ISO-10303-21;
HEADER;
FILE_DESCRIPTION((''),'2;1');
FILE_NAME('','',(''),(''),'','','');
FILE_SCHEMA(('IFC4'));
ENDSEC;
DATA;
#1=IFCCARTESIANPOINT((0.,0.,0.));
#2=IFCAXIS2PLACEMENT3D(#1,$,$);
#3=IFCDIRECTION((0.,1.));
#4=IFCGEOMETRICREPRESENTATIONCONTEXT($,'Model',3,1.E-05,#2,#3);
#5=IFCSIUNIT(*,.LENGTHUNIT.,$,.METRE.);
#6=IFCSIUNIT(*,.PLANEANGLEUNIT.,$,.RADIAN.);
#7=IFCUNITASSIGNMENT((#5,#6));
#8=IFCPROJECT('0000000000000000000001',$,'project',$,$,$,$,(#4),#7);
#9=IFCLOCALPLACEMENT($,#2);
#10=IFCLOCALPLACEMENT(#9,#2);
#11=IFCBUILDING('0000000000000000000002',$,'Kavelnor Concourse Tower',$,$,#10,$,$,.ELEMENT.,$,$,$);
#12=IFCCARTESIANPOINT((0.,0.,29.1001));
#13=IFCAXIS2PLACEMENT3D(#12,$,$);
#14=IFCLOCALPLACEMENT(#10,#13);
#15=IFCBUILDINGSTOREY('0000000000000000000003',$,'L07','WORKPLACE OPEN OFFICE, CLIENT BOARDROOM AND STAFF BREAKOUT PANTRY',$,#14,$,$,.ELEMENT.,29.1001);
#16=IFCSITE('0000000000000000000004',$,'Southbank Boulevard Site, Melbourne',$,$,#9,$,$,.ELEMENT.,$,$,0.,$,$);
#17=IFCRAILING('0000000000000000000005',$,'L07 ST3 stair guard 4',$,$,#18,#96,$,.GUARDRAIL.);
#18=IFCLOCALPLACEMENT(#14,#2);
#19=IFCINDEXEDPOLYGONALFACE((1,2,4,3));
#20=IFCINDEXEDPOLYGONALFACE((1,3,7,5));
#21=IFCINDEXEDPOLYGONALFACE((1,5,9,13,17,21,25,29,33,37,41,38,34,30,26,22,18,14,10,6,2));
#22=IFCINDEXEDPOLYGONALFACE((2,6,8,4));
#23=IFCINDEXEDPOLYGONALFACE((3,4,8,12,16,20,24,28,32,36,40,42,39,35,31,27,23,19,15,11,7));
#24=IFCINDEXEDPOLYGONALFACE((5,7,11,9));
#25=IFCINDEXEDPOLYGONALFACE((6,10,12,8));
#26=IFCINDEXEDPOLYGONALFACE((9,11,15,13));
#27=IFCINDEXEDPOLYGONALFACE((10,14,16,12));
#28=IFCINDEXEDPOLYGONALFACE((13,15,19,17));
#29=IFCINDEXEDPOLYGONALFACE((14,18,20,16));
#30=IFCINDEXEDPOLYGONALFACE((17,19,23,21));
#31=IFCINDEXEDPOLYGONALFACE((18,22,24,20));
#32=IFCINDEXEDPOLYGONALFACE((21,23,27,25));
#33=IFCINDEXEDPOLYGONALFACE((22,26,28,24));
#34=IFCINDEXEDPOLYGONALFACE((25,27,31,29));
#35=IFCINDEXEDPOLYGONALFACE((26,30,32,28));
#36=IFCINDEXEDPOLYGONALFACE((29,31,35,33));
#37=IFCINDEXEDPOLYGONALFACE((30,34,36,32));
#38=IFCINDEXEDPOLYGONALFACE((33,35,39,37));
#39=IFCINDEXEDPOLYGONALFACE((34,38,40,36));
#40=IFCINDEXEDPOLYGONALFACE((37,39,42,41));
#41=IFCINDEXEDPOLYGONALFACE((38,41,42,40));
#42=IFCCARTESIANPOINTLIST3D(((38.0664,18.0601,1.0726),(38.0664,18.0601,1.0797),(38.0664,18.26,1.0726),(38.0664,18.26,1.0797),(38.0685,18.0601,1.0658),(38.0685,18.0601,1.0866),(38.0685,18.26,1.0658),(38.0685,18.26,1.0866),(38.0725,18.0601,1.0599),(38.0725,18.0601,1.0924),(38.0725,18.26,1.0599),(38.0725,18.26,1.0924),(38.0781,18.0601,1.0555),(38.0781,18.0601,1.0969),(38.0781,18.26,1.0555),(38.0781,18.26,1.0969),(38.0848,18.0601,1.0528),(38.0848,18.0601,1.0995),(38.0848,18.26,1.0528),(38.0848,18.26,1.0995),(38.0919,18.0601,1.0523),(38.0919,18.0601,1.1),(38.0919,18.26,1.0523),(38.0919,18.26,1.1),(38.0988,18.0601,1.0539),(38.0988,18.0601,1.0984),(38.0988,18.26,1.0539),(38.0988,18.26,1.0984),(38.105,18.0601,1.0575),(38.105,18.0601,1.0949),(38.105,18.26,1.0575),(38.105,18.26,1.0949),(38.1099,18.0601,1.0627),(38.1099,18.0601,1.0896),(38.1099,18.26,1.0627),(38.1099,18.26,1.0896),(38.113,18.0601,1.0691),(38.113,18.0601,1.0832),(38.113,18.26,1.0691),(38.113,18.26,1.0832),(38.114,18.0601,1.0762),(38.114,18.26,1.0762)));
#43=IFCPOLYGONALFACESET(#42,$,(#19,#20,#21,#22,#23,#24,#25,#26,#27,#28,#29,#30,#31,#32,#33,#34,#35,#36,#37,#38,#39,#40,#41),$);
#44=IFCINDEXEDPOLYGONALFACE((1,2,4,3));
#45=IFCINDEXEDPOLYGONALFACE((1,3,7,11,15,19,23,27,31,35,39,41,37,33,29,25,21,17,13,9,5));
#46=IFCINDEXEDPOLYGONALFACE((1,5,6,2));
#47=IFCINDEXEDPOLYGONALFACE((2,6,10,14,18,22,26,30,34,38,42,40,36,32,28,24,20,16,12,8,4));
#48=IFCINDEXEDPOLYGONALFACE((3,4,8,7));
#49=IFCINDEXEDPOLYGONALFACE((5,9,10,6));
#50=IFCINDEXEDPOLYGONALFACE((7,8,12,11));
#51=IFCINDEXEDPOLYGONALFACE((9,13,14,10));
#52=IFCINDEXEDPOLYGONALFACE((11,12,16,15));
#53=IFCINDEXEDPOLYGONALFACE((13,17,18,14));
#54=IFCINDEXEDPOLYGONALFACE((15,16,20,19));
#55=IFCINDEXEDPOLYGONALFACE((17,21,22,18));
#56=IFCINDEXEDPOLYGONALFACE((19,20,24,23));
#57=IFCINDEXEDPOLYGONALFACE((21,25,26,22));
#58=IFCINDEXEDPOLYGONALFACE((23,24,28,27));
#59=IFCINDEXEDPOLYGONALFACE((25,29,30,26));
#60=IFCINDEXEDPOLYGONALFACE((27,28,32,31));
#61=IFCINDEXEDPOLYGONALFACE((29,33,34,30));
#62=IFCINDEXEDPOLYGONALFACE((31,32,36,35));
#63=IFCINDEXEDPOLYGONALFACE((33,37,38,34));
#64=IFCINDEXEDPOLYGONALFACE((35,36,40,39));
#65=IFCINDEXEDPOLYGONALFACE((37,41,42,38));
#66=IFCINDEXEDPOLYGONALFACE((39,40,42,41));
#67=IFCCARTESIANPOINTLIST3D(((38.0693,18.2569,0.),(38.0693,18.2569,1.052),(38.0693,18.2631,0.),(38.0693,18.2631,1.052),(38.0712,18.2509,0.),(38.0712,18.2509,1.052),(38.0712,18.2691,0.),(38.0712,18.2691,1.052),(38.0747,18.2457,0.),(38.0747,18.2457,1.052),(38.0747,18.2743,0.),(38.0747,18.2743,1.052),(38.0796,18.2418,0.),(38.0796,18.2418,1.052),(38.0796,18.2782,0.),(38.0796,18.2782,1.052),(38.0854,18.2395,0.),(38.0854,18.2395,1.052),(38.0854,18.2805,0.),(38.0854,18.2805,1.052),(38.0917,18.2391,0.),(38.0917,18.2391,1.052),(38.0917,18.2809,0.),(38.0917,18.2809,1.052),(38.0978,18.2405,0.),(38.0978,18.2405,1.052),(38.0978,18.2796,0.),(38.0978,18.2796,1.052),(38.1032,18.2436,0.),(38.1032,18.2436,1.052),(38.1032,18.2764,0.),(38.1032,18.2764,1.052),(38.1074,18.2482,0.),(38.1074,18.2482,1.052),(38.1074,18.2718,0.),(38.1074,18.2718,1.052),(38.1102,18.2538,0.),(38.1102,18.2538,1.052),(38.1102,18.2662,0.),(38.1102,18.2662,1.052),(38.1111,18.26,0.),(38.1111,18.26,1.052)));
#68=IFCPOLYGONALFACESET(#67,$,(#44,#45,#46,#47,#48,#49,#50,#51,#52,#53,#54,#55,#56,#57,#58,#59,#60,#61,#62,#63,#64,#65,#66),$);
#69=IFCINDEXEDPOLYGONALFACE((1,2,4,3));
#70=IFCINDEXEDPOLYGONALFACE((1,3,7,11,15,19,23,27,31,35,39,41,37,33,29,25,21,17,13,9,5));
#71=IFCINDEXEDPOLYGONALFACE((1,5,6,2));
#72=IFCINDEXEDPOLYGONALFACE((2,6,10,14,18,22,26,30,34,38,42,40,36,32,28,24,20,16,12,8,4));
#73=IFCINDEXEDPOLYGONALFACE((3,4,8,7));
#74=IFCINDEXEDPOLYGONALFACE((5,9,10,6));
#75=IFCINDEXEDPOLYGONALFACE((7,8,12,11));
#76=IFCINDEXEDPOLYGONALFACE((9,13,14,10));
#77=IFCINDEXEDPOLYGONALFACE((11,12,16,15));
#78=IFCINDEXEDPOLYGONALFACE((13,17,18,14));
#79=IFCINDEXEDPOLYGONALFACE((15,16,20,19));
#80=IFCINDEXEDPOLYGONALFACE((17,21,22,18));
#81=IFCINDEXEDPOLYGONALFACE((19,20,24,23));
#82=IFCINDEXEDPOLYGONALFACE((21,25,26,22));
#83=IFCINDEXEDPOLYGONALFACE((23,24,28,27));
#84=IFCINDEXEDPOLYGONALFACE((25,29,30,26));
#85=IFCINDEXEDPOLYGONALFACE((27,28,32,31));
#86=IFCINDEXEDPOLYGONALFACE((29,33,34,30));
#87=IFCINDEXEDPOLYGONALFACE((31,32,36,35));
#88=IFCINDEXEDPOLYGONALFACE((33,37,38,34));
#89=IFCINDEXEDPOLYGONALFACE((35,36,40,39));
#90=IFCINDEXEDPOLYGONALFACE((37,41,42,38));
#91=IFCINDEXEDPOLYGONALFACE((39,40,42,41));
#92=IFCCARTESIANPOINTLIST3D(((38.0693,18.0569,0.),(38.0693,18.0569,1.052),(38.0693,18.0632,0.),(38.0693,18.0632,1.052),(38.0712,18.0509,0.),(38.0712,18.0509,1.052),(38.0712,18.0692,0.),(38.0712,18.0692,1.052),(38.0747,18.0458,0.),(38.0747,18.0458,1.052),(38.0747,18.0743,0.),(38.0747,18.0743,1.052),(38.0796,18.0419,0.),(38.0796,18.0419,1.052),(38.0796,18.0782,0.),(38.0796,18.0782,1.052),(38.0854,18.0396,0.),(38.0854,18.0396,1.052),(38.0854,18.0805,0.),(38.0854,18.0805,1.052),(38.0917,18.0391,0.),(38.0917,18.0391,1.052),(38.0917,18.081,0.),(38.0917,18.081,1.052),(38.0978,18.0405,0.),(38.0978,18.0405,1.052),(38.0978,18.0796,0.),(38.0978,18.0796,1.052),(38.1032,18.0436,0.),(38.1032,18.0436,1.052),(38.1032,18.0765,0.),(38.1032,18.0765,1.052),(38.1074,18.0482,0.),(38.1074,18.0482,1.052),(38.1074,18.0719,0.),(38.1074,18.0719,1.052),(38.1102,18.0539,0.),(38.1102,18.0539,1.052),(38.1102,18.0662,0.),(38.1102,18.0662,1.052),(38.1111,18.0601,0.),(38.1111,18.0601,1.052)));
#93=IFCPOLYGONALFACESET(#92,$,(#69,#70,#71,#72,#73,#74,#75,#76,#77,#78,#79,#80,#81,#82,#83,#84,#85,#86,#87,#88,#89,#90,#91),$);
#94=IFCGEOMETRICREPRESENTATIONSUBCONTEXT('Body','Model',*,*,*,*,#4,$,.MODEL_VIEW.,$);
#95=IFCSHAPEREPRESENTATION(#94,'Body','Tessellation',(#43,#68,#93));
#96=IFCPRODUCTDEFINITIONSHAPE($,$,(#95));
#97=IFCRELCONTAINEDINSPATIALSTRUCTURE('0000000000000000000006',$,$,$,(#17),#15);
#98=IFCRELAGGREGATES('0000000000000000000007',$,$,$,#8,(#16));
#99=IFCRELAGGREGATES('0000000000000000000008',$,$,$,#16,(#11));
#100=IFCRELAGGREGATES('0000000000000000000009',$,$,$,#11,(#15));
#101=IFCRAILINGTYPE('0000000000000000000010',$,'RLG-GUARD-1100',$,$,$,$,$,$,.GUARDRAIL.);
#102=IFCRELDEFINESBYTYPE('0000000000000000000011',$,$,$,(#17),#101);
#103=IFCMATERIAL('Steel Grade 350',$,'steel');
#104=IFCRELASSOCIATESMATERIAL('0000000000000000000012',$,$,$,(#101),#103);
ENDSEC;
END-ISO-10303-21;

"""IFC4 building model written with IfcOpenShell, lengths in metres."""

from ifc_helpers import new_model, si_unit, direction, frame, origin, origin_2d, place, context, subcontext, project, spatial, circle, extrude, material, type_object, element, save


model = new_model("IFC4")

# Units and contexts
model_context = context("Model", 3, precision=1e-05, world=origin(), true_north=direction((0.0, 1.0)))
body_context = subcontext(model_context, "Body", "Model", "MODEL_VIEW")
ifc_project = project(units=[si_unit("LENGTHUNIT", "METRE"), si_unit("PLANEANGLEUNIT", "RADIAN")], contexts=[model_context])

# Site, building, storey
site_placement = place(None, origin())
site = spatial("IfcSite", under=ifc_project, at=site_placement, Name="Southbank Boulevard Site, Melbourne", CompositionType="ELEMENT", RefElevation=0.0)
building_placement = place(site_placement, origin())
building = spatial("IfcBuilding", under=site, at=building_placement, Name="Kavelnor Concourse Tower", CompositionType="ELEMENT")
storey_placement = place(building_placement, frame((0.0, 0.0, 29.1001)))
storey = spatial("IfcBuildingStorey", under=building, at=storey_placement, Name="L07", Description="WORKPLACE OPEN OFFICE, CLIENT BOARDROOM AND STAFF BREAKOUT PANTRY", CompositionType="ELEMENT", Elevation=29.1001)

# Shared definitions
ifc_material_1 = material(Name="Steel Grade 350", Category="steel")

# Railing
railing_type_1 = type_object("IfcRailingType", Name="RLG-GUARD-1100", PredefinedType="GUARDRAIL", material=ifc_material_1)
railing_1_placement = place(storey_placement, frame((38.0901, 18.26, 0.0)))
element("IfcRailing", 1, at=railing_1_placement, inside=storey, type_object=railing_type_1, Name="L07 ST3 stair guard 4", PredefinedType="GUARDRAIL", context=body_context, shape_type="SweptSolid", body=[
    extrude(circle(Radius=0.0239, at=origin_2d()), frame((0.0, 0.0, 1.0762), z_axis=(0.0, -1.0, 0.0), x_axis=(1.0, 0.0, 0.0)), (0.0, 0.0, 1.0), 0.2),
    extrude(circle(Radius=0.021, at=origin_2d()), origin(), (0.0, 0.0, 1.0), 1.052),
    extrude(circle(Radius=0.021, at=origin_2d()), frame((0.0, -0.2, 0.0)), (0.0, 0.0, 1.0), 1.052),
])

save(model, "model.ifc")
